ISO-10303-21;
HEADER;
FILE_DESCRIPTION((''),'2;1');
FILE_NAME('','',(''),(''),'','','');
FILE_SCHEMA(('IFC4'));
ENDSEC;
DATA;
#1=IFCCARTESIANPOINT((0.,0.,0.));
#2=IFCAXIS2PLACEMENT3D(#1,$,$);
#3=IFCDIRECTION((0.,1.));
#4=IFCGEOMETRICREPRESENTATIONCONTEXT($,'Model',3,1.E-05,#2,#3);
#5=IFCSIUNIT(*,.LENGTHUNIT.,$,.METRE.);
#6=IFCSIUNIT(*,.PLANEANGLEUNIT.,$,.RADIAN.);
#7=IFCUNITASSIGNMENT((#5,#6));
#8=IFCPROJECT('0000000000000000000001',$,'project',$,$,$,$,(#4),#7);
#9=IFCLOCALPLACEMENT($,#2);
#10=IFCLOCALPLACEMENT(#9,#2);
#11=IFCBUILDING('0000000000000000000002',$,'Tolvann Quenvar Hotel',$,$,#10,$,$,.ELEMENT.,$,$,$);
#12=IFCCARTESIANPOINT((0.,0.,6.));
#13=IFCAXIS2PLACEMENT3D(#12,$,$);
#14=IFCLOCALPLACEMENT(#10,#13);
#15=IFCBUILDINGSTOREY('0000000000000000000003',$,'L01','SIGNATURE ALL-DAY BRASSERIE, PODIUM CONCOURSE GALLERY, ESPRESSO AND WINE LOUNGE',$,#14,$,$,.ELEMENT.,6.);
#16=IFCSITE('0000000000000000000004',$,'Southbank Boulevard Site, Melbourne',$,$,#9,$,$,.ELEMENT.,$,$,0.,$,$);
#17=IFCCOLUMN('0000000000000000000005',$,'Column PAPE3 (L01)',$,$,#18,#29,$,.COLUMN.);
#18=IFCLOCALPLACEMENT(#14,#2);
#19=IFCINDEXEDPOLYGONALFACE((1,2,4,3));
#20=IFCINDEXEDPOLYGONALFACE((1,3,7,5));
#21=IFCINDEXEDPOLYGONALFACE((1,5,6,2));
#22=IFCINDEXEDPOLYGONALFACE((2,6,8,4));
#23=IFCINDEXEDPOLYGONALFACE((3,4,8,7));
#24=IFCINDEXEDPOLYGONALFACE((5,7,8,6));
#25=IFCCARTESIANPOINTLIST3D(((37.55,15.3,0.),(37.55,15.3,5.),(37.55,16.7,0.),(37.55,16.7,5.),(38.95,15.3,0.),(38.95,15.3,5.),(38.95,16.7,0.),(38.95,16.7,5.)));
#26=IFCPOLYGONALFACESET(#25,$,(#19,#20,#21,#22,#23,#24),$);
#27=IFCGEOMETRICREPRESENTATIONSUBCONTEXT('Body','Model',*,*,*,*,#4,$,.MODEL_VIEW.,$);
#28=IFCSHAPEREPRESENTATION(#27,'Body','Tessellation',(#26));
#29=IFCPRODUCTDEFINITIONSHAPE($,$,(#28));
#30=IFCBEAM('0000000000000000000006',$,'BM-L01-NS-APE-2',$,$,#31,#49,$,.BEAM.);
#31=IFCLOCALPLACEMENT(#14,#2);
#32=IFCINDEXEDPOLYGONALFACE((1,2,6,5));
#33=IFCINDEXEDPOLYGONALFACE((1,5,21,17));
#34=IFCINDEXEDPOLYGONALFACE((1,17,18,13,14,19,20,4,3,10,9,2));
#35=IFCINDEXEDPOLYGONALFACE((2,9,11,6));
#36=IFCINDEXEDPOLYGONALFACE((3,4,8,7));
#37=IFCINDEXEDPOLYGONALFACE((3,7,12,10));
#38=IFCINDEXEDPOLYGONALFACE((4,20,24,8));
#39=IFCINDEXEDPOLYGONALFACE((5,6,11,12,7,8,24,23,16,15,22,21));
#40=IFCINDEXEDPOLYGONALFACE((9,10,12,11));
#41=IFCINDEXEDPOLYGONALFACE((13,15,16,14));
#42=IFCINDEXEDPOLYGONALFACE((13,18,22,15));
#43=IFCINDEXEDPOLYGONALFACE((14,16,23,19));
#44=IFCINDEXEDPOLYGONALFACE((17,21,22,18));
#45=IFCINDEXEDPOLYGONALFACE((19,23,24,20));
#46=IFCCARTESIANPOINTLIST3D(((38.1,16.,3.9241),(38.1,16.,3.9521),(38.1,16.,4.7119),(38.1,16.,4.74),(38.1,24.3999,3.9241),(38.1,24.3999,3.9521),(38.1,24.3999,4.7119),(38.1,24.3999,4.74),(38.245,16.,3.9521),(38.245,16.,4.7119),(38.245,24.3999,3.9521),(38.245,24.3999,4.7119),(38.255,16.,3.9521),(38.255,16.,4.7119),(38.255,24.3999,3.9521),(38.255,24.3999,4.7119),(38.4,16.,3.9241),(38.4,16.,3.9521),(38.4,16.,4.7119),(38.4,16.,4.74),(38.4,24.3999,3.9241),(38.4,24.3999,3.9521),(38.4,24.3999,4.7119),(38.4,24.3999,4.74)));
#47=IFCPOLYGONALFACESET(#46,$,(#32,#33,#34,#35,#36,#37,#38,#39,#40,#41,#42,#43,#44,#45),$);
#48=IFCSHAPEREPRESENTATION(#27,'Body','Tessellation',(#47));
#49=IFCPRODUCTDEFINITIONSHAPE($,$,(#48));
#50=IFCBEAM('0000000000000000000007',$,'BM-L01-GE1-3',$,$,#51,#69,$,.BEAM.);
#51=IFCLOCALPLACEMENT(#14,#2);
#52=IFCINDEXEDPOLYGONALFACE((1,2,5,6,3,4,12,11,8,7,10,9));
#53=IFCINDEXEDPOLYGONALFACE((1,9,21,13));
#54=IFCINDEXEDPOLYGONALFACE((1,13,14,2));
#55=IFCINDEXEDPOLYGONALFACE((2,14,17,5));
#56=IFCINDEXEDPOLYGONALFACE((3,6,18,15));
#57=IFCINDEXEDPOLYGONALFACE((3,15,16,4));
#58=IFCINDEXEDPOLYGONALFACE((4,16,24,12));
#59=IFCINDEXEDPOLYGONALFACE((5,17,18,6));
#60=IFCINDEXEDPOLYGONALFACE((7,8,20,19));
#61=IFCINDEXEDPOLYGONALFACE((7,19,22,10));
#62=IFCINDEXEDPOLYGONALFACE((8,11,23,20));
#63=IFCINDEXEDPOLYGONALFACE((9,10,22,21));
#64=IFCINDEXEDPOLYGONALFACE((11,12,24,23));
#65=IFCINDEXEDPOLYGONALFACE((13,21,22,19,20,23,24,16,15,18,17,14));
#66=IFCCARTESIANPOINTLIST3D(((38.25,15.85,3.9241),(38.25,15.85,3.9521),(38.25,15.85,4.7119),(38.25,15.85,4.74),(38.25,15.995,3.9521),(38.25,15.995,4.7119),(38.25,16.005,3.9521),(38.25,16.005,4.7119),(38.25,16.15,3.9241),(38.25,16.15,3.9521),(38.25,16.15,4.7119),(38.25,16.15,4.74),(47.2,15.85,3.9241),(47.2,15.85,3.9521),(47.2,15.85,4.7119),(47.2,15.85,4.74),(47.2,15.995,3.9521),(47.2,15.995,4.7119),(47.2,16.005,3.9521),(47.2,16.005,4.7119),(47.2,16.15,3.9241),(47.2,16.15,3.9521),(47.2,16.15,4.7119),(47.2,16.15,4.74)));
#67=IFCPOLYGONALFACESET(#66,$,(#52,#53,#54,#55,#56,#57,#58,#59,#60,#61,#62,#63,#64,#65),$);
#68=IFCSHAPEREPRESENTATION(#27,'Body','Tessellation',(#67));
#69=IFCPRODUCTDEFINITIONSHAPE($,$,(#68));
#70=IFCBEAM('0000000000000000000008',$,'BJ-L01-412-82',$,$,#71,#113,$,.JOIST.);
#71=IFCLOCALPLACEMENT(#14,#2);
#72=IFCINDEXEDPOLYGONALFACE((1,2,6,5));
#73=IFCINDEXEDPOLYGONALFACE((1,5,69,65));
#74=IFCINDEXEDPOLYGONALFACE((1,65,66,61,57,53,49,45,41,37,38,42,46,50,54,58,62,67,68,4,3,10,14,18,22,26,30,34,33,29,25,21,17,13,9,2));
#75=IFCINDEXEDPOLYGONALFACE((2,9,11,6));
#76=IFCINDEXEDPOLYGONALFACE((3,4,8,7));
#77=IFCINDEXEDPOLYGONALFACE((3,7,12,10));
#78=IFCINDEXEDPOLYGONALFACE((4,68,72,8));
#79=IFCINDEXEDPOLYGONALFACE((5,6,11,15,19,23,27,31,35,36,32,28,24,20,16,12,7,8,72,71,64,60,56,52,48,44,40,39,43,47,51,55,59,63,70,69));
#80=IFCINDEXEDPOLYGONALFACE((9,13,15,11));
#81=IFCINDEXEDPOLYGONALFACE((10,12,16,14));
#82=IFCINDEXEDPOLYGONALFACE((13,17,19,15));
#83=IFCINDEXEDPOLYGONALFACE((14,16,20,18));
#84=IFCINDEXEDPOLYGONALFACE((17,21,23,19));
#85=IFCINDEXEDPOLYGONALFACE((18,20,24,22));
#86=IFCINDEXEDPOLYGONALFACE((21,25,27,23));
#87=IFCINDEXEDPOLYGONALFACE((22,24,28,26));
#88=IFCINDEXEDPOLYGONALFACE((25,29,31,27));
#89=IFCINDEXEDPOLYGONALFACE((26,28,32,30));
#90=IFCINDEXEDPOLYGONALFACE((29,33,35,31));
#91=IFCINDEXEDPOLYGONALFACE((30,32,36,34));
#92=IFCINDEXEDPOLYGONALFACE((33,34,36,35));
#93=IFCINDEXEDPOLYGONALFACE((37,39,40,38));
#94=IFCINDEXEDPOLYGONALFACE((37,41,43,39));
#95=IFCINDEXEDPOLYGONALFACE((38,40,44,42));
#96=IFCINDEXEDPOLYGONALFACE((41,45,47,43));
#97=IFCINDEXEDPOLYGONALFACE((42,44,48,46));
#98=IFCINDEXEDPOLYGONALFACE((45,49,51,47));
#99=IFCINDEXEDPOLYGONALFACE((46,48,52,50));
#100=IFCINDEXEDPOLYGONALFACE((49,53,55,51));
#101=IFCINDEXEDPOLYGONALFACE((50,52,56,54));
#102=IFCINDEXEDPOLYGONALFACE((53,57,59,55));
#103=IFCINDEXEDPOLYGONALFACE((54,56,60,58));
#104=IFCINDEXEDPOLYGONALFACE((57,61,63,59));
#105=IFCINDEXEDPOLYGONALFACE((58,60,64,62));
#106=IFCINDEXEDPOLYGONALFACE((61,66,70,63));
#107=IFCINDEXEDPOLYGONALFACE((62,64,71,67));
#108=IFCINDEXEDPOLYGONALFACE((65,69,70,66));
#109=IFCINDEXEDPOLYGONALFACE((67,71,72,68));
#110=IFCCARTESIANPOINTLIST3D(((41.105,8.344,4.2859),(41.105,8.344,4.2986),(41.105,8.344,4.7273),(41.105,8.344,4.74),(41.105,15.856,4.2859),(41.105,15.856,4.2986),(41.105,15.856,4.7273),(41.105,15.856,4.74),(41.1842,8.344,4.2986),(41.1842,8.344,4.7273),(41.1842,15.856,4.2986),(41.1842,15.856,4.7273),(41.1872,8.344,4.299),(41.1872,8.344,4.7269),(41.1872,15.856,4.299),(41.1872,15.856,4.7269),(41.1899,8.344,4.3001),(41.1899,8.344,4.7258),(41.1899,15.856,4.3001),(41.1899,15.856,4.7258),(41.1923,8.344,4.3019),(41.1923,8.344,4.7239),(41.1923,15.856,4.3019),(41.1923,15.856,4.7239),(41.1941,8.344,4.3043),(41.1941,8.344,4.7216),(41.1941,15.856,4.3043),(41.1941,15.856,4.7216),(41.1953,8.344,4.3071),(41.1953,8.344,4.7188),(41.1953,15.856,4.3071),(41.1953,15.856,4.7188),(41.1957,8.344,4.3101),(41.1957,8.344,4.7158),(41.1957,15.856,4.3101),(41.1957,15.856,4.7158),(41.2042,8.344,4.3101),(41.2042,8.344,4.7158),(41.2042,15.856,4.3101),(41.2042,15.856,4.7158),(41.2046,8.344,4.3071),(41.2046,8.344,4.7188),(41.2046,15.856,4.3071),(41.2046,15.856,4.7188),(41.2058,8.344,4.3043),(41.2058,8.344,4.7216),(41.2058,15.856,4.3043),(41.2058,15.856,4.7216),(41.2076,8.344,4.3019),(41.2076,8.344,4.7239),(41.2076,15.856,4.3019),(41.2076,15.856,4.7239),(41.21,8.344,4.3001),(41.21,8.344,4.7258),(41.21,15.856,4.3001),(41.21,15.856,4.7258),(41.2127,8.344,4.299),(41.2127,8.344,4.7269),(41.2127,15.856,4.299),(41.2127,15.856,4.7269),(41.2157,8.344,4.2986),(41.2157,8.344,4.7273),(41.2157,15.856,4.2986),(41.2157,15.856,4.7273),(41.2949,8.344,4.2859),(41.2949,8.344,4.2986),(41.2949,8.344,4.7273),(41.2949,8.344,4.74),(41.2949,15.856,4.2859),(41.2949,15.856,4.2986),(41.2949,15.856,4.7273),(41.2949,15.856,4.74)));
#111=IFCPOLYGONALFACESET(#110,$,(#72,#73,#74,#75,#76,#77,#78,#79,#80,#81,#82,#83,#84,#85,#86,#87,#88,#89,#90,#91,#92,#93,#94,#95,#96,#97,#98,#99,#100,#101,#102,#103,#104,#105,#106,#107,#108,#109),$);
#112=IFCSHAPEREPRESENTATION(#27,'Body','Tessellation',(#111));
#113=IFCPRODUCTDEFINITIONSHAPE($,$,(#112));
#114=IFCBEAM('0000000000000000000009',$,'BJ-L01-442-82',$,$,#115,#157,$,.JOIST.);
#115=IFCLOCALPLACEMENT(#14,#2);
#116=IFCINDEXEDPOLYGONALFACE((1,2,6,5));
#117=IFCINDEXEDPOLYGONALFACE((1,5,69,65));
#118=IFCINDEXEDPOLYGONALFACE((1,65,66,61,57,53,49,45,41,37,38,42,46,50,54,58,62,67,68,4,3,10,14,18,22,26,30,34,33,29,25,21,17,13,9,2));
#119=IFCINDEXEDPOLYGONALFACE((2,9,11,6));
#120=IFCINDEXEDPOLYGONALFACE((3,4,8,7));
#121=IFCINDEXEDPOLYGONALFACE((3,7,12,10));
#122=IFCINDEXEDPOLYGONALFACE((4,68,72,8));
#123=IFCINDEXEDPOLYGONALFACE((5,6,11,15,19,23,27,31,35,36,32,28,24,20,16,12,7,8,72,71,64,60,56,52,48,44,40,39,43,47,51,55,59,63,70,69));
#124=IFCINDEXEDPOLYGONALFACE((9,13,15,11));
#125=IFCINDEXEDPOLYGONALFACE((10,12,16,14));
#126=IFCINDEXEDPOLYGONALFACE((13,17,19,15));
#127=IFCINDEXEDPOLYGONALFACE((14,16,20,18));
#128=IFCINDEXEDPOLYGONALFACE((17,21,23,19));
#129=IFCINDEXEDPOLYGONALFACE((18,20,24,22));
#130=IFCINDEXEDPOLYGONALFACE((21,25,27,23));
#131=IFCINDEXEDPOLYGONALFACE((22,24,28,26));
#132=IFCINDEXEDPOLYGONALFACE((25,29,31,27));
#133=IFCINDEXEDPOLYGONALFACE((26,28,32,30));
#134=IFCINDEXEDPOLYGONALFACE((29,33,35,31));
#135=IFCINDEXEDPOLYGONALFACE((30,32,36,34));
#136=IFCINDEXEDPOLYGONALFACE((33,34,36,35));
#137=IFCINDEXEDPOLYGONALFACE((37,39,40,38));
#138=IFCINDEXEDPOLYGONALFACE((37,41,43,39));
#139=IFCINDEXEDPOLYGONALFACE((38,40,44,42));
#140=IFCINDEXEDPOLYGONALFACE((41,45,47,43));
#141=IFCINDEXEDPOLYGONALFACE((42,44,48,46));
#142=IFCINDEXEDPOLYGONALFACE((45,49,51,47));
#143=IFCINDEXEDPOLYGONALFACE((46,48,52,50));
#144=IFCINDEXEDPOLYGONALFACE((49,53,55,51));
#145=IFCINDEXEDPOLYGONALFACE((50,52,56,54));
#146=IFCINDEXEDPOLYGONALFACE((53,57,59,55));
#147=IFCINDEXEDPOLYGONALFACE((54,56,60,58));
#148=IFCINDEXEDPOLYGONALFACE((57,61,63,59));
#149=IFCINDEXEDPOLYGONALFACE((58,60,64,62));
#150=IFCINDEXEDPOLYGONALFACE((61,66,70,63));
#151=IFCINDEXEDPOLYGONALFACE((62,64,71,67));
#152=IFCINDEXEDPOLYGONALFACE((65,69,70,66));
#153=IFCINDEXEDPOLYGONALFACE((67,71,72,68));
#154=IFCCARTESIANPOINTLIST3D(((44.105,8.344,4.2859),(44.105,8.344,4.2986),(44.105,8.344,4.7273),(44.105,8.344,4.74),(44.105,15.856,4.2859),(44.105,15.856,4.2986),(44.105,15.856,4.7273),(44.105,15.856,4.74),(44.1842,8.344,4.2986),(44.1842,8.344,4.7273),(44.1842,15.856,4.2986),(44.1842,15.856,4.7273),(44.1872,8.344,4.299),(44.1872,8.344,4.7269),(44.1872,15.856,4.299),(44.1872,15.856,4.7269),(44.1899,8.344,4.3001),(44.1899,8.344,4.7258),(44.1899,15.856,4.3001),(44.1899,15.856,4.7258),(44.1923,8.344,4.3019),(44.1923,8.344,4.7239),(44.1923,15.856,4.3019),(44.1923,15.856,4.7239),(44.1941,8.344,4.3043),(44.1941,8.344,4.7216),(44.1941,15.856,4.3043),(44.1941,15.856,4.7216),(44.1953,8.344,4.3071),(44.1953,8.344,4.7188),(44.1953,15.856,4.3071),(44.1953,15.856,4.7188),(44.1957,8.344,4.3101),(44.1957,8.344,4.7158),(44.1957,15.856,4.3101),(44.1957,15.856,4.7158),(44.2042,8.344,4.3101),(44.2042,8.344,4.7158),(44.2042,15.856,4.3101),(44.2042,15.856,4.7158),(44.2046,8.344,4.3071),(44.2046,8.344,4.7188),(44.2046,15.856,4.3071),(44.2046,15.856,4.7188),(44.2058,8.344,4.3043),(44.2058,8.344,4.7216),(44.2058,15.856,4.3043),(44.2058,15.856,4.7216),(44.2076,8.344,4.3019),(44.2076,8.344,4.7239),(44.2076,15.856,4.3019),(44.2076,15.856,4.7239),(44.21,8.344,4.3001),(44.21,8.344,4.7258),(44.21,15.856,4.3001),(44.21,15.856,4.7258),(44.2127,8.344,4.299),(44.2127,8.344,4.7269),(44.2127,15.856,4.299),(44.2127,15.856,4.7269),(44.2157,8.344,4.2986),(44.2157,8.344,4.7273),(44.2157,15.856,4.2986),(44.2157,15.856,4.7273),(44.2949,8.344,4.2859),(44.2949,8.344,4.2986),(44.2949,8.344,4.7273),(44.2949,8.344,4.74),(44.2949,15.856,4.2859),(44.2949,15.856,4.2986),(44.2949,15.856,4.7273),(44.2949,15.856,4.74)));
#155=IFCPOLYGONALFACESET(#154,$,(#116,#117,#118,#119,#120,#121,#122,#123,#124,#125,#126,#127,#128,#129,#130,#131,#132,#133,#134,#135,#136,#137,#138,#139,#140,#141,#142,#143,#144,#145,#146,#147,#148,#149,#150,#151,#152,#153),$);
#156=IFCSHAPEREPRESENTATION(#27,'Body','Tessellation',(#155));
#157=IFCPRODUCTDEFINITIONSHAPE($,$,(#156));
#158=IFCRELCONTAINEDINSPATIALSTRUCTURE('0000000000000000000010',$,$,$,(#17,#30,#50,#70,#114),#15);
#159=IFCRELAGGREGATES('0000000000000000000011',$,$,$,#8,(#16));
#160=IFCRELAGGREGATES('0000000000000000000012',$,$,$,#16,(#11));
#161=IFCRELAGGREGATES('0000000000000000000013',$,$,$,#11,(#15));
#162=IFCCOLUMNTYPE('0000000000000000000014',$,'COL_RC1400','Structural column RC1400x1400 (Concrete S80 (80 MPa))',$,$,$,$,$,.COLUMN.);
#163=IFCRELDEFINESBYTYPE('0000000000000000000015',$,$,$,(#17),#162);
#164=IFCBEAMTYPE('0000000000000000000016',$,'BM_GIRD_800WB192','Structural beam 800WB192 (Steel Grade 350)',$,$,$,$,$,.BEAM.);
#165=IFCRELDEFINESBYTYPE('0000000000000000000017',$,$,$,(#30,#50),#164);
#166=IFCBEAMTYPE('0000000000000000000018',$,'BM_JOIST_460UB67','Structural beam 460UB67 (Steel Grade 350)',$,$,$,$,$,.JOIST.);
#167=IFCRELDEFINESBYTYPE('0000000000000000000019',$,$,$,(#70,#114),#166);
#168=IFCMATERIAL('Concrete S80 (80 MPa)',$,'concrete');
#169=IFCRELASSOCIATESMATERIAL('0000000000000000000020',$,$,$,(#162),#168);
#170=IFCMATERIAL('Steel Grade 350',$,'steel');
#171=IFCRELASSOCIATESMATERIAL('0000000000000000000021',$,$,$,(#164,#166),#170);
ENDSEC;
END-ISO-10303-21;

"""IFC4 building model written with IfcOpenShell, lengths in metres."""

from ifc_helpers import new_model, si_unit, direction, frame, origin, origin_2d, place, context, subcontext, project, spatial, rectangle, i_section, extrude, source, transform, mapped, material, material_profile, profile_set, type_object, type_shapes, element, save


model = new_model("IFC4")

# Units and contexts
model_context = context("Model", 3, precision=1e-05, world=origin(), true_north=direction((0.0, 1.0)))
body_context = subcontext(model_context, "Body", "Model", "MODEL_VIEW")
ifc_project = project(units=[si_unit("LENGTHUNIT", "METRE"), si_unit("PLANEANGLEUNIT", "RADIAN")], contexts=[model_context])

# Site, building, storey
site_placement = place(None, origin())
site = spatial("IfcSite", under=ifc_project, at=site_placement, Name="Southbank Boulevard Site, Melbourne", CompositionType="ELEMENT", RefElevation=0.0)
building_placement = place(site_placement, origin())
building = spatial("IfcBuilding", under=site, at=building_placement, Name="Tolvann Quenvar Hotel", CompositionType="ELEMENT")
storey_placement = place(building_placement, frame((0.0, 0.0, 6.0)))
storey = spatial("IfcBuildingStorey", under=building, at=storey_placement, Name="L01", Description="SIGNATURE ALL-DAY BRASSERIE, PODIUM CONCOURSE GALLERY, ESPRESSO AND WINE LOUNGE", CompositionType="ELEMENT", Elevation=6.0)

# Column
ifc_material_1 = material(Name="Concrete S80 (80 MPa)", Category="concrete")
ifc_material_profile_1 = material_profile(ifc_material_1, rectangle(XDim=1.3999, YDim=1.3999, at=origin_2d()), Name="RC1400x1400")
ifc_profile_set_1 = profile_set([ifc_material_profile_1], Name="Concrete S80 (80 MPa)")
column_type = type_object("IfcColumnType", Name="COL_RC1400", Description="Structural column RC1400x1400 (Concrete S80 (80 MPa))", PredefinedType="COLUMN", material=ifc_profile_set_1)
shared_shape_1 = source(origin(), body_context, "Body", "SweptSolid", [
    extrude(rectangle(XDim=1.3999, YDim=1.3999, at=origin_2d()), origin(), (0.0, 0.0, 1.0), 5.0),
])
type_shapes(column_type, [shared_shape_1])
column_placement = place(storey_placement, frame((38.25, 16.0, 0.0), z_axis=(0.0, 0.0, 1.0), x_axis=(1.0, 0.0, 0.0)))
element("IfcColumn", 1, at=column_placement, inside=storey, type_object=column_type, Name="Column PAPE3 (L01)", PredefinedType="COLUMN", context=body_context, shape_type="MappedRepresentation", body=[
    mapped(shared_shape_1, transform((0.0, 0.0, 0.0), x_axis=(1.0, 0.0, 0.0), y_axis=(0.0, 1.0, 0.0), z_axis=(0.0, 0.0, 1.0), scale=1.0)),
])

# Beams
ifc_material_2 = material(Name="Steel Grade 350", Category="steel")
ifc_material_profile_2 = material_profile(ifc_material_2, i_section(OverallWidth=0.3, OverallDepth=0.8159, WebThickness=0.01, FlangeThickness=0.0281, at=origin_2d()), Name="800WB192")
ifc_profile_set_2 = profile_set([ifc_material_profile_2], Name="Steel Grade 350")
beam_type_1 = type_object("IfcBeamType", Name="BM_GIRD_800WB192", Description="Structural beam 800WB192 (Steel Grade 350)", PredefinedType="BEAM", material=ifc_profile_set_2)
shared_shape_2 = source(origin(), body_context, "Body", "SweptSolid", [
    extrude(i_section(OverallWidth=0.3, OverallDepth=0.8159, WebThickness=0.01, FlangeThickness=0.0281, at=origin_2d()), origin(), (0.0, 0.0, 1.0), 8.3999),
])
beam_1_placement = place(storey_placement, frame((38.25, 16.0, 4.332), z_axis=(0.0, 1.0, 0.0), x_axis=(-1.0, 0.0, 0.0)))
element("IfcBeam", 2, at=beam_1_placement, inside=storey, type_object=beam_type_1, Name="BM-L01-NS-APE-2", PredefinedType="BEAM", context=body_context, shape_type="MappedRepresentation", body=[
    mapped(shared_shape_2, transform((0.0, 0.0, 0.0), x_axis=(1.0, 0.0, 0.0), y_axis=(0.0, 1.0, 0.0), z_axis=(0.0, 0.0, 1.0), scale=1.0)),
])
shared_shape_3 = source(origin(), body_context, "Body", "SweptSolid", [
    extrude(i_section(OverallWidth=0.3, OverallDepth=0.8159, WebThickness=0.01, FlangeThickness=0.0281, at=origin_2d()), origin(), (0.0, 0.0, 1.0), 8.95),
])
type_shapes(beam_type_1, [shared_shape_2, shared_shape_3])
beam_2_placement = place(storey_placement, frame((38.25, 16.0, 4.332), z_axis=(1.0, 0.0, 0.0), x_axis=(0.0, 1.0, 0.0)))
element("IfcBeam", 3, at=beam_2_placement, inside=storey, type_object=beam_type_1, Name="BM-L01-GE1-3", PredefinedType="BEAM", context=body_context, shape_type="MappedRepresentation", body=[
    mapped(shared_shape_3, transform((0.0, 0.0, 0.0), x_axis=(1.0, 0.0, 0.0), y_axis=(0.0, 1.0, 0.0), z_axis=(0.0, 0.0, 1.0), scale=1.0)),
])
ifc_material_profile_3 = material_profile(ifc_material_2, i_section(OverallWidth=0.1899, OverallDepth=0.4541, WebThickness=0.0085, FlangeThickness=0.0127, FilletRadius=0.0115, at=origin_2d()), Name="460UB67")
ifc_profile_set_3 = profile_set([ifc_material_profile_3], Name="Steel Grade 350")
beam_type_2 = type_object("IfcBeamType", Name="BM_JOIST_460UB67", Description="Structural beam 460UB67 (Steel Grade 350)", PredefinedType="JOIST", material=ifc_profile_set_3)
shared_shape_4 = source(origin(), body_context, "Body", "SweptSolid", [
    extrude(i_section(OverallWidth=0.1899, OverallDepth=0.4541, WebThickness=0.0085, FlangeThickness=0.0127, FilletRadius=0.0115, at=origin_2d()), origin(), (0.0, 0.0, 1.0), 7.512),
])
for number, where, z_axis, x_axis, name in (
    (4, (41.2, 8.344, 4.5129), (0.0, 1.0, 0.0), (-1.0, 0.0, 0.0), "BJ-L01-412-82"),
    (5, (44.2, 8.344, 4.5129), (0.0, 1.0, 0.0), (-1.0, 0.0, 0.0), "BJ-L01-442-82"),
):
    element("IfcBeam", number, at=place(storey_placement, frame(where, z_axis=z_axis, x_axis=x_axis)), inside=storey, type_object=beam_type_2, Name=name, PredefinedType="JOIST", context=body_context, shape_type="MappedRepresentation", body=[
        mapped(shared_shape_4, transform((0.0, 0.0, 0.0), x_axis=(1.0, 0.0, 0.0), y_axis=(0.0, 1.0, 0.0), z_axis=(0.0, 0.0, 1.0), scale=1.0)),
    ])

save(model, "model.ifc")
